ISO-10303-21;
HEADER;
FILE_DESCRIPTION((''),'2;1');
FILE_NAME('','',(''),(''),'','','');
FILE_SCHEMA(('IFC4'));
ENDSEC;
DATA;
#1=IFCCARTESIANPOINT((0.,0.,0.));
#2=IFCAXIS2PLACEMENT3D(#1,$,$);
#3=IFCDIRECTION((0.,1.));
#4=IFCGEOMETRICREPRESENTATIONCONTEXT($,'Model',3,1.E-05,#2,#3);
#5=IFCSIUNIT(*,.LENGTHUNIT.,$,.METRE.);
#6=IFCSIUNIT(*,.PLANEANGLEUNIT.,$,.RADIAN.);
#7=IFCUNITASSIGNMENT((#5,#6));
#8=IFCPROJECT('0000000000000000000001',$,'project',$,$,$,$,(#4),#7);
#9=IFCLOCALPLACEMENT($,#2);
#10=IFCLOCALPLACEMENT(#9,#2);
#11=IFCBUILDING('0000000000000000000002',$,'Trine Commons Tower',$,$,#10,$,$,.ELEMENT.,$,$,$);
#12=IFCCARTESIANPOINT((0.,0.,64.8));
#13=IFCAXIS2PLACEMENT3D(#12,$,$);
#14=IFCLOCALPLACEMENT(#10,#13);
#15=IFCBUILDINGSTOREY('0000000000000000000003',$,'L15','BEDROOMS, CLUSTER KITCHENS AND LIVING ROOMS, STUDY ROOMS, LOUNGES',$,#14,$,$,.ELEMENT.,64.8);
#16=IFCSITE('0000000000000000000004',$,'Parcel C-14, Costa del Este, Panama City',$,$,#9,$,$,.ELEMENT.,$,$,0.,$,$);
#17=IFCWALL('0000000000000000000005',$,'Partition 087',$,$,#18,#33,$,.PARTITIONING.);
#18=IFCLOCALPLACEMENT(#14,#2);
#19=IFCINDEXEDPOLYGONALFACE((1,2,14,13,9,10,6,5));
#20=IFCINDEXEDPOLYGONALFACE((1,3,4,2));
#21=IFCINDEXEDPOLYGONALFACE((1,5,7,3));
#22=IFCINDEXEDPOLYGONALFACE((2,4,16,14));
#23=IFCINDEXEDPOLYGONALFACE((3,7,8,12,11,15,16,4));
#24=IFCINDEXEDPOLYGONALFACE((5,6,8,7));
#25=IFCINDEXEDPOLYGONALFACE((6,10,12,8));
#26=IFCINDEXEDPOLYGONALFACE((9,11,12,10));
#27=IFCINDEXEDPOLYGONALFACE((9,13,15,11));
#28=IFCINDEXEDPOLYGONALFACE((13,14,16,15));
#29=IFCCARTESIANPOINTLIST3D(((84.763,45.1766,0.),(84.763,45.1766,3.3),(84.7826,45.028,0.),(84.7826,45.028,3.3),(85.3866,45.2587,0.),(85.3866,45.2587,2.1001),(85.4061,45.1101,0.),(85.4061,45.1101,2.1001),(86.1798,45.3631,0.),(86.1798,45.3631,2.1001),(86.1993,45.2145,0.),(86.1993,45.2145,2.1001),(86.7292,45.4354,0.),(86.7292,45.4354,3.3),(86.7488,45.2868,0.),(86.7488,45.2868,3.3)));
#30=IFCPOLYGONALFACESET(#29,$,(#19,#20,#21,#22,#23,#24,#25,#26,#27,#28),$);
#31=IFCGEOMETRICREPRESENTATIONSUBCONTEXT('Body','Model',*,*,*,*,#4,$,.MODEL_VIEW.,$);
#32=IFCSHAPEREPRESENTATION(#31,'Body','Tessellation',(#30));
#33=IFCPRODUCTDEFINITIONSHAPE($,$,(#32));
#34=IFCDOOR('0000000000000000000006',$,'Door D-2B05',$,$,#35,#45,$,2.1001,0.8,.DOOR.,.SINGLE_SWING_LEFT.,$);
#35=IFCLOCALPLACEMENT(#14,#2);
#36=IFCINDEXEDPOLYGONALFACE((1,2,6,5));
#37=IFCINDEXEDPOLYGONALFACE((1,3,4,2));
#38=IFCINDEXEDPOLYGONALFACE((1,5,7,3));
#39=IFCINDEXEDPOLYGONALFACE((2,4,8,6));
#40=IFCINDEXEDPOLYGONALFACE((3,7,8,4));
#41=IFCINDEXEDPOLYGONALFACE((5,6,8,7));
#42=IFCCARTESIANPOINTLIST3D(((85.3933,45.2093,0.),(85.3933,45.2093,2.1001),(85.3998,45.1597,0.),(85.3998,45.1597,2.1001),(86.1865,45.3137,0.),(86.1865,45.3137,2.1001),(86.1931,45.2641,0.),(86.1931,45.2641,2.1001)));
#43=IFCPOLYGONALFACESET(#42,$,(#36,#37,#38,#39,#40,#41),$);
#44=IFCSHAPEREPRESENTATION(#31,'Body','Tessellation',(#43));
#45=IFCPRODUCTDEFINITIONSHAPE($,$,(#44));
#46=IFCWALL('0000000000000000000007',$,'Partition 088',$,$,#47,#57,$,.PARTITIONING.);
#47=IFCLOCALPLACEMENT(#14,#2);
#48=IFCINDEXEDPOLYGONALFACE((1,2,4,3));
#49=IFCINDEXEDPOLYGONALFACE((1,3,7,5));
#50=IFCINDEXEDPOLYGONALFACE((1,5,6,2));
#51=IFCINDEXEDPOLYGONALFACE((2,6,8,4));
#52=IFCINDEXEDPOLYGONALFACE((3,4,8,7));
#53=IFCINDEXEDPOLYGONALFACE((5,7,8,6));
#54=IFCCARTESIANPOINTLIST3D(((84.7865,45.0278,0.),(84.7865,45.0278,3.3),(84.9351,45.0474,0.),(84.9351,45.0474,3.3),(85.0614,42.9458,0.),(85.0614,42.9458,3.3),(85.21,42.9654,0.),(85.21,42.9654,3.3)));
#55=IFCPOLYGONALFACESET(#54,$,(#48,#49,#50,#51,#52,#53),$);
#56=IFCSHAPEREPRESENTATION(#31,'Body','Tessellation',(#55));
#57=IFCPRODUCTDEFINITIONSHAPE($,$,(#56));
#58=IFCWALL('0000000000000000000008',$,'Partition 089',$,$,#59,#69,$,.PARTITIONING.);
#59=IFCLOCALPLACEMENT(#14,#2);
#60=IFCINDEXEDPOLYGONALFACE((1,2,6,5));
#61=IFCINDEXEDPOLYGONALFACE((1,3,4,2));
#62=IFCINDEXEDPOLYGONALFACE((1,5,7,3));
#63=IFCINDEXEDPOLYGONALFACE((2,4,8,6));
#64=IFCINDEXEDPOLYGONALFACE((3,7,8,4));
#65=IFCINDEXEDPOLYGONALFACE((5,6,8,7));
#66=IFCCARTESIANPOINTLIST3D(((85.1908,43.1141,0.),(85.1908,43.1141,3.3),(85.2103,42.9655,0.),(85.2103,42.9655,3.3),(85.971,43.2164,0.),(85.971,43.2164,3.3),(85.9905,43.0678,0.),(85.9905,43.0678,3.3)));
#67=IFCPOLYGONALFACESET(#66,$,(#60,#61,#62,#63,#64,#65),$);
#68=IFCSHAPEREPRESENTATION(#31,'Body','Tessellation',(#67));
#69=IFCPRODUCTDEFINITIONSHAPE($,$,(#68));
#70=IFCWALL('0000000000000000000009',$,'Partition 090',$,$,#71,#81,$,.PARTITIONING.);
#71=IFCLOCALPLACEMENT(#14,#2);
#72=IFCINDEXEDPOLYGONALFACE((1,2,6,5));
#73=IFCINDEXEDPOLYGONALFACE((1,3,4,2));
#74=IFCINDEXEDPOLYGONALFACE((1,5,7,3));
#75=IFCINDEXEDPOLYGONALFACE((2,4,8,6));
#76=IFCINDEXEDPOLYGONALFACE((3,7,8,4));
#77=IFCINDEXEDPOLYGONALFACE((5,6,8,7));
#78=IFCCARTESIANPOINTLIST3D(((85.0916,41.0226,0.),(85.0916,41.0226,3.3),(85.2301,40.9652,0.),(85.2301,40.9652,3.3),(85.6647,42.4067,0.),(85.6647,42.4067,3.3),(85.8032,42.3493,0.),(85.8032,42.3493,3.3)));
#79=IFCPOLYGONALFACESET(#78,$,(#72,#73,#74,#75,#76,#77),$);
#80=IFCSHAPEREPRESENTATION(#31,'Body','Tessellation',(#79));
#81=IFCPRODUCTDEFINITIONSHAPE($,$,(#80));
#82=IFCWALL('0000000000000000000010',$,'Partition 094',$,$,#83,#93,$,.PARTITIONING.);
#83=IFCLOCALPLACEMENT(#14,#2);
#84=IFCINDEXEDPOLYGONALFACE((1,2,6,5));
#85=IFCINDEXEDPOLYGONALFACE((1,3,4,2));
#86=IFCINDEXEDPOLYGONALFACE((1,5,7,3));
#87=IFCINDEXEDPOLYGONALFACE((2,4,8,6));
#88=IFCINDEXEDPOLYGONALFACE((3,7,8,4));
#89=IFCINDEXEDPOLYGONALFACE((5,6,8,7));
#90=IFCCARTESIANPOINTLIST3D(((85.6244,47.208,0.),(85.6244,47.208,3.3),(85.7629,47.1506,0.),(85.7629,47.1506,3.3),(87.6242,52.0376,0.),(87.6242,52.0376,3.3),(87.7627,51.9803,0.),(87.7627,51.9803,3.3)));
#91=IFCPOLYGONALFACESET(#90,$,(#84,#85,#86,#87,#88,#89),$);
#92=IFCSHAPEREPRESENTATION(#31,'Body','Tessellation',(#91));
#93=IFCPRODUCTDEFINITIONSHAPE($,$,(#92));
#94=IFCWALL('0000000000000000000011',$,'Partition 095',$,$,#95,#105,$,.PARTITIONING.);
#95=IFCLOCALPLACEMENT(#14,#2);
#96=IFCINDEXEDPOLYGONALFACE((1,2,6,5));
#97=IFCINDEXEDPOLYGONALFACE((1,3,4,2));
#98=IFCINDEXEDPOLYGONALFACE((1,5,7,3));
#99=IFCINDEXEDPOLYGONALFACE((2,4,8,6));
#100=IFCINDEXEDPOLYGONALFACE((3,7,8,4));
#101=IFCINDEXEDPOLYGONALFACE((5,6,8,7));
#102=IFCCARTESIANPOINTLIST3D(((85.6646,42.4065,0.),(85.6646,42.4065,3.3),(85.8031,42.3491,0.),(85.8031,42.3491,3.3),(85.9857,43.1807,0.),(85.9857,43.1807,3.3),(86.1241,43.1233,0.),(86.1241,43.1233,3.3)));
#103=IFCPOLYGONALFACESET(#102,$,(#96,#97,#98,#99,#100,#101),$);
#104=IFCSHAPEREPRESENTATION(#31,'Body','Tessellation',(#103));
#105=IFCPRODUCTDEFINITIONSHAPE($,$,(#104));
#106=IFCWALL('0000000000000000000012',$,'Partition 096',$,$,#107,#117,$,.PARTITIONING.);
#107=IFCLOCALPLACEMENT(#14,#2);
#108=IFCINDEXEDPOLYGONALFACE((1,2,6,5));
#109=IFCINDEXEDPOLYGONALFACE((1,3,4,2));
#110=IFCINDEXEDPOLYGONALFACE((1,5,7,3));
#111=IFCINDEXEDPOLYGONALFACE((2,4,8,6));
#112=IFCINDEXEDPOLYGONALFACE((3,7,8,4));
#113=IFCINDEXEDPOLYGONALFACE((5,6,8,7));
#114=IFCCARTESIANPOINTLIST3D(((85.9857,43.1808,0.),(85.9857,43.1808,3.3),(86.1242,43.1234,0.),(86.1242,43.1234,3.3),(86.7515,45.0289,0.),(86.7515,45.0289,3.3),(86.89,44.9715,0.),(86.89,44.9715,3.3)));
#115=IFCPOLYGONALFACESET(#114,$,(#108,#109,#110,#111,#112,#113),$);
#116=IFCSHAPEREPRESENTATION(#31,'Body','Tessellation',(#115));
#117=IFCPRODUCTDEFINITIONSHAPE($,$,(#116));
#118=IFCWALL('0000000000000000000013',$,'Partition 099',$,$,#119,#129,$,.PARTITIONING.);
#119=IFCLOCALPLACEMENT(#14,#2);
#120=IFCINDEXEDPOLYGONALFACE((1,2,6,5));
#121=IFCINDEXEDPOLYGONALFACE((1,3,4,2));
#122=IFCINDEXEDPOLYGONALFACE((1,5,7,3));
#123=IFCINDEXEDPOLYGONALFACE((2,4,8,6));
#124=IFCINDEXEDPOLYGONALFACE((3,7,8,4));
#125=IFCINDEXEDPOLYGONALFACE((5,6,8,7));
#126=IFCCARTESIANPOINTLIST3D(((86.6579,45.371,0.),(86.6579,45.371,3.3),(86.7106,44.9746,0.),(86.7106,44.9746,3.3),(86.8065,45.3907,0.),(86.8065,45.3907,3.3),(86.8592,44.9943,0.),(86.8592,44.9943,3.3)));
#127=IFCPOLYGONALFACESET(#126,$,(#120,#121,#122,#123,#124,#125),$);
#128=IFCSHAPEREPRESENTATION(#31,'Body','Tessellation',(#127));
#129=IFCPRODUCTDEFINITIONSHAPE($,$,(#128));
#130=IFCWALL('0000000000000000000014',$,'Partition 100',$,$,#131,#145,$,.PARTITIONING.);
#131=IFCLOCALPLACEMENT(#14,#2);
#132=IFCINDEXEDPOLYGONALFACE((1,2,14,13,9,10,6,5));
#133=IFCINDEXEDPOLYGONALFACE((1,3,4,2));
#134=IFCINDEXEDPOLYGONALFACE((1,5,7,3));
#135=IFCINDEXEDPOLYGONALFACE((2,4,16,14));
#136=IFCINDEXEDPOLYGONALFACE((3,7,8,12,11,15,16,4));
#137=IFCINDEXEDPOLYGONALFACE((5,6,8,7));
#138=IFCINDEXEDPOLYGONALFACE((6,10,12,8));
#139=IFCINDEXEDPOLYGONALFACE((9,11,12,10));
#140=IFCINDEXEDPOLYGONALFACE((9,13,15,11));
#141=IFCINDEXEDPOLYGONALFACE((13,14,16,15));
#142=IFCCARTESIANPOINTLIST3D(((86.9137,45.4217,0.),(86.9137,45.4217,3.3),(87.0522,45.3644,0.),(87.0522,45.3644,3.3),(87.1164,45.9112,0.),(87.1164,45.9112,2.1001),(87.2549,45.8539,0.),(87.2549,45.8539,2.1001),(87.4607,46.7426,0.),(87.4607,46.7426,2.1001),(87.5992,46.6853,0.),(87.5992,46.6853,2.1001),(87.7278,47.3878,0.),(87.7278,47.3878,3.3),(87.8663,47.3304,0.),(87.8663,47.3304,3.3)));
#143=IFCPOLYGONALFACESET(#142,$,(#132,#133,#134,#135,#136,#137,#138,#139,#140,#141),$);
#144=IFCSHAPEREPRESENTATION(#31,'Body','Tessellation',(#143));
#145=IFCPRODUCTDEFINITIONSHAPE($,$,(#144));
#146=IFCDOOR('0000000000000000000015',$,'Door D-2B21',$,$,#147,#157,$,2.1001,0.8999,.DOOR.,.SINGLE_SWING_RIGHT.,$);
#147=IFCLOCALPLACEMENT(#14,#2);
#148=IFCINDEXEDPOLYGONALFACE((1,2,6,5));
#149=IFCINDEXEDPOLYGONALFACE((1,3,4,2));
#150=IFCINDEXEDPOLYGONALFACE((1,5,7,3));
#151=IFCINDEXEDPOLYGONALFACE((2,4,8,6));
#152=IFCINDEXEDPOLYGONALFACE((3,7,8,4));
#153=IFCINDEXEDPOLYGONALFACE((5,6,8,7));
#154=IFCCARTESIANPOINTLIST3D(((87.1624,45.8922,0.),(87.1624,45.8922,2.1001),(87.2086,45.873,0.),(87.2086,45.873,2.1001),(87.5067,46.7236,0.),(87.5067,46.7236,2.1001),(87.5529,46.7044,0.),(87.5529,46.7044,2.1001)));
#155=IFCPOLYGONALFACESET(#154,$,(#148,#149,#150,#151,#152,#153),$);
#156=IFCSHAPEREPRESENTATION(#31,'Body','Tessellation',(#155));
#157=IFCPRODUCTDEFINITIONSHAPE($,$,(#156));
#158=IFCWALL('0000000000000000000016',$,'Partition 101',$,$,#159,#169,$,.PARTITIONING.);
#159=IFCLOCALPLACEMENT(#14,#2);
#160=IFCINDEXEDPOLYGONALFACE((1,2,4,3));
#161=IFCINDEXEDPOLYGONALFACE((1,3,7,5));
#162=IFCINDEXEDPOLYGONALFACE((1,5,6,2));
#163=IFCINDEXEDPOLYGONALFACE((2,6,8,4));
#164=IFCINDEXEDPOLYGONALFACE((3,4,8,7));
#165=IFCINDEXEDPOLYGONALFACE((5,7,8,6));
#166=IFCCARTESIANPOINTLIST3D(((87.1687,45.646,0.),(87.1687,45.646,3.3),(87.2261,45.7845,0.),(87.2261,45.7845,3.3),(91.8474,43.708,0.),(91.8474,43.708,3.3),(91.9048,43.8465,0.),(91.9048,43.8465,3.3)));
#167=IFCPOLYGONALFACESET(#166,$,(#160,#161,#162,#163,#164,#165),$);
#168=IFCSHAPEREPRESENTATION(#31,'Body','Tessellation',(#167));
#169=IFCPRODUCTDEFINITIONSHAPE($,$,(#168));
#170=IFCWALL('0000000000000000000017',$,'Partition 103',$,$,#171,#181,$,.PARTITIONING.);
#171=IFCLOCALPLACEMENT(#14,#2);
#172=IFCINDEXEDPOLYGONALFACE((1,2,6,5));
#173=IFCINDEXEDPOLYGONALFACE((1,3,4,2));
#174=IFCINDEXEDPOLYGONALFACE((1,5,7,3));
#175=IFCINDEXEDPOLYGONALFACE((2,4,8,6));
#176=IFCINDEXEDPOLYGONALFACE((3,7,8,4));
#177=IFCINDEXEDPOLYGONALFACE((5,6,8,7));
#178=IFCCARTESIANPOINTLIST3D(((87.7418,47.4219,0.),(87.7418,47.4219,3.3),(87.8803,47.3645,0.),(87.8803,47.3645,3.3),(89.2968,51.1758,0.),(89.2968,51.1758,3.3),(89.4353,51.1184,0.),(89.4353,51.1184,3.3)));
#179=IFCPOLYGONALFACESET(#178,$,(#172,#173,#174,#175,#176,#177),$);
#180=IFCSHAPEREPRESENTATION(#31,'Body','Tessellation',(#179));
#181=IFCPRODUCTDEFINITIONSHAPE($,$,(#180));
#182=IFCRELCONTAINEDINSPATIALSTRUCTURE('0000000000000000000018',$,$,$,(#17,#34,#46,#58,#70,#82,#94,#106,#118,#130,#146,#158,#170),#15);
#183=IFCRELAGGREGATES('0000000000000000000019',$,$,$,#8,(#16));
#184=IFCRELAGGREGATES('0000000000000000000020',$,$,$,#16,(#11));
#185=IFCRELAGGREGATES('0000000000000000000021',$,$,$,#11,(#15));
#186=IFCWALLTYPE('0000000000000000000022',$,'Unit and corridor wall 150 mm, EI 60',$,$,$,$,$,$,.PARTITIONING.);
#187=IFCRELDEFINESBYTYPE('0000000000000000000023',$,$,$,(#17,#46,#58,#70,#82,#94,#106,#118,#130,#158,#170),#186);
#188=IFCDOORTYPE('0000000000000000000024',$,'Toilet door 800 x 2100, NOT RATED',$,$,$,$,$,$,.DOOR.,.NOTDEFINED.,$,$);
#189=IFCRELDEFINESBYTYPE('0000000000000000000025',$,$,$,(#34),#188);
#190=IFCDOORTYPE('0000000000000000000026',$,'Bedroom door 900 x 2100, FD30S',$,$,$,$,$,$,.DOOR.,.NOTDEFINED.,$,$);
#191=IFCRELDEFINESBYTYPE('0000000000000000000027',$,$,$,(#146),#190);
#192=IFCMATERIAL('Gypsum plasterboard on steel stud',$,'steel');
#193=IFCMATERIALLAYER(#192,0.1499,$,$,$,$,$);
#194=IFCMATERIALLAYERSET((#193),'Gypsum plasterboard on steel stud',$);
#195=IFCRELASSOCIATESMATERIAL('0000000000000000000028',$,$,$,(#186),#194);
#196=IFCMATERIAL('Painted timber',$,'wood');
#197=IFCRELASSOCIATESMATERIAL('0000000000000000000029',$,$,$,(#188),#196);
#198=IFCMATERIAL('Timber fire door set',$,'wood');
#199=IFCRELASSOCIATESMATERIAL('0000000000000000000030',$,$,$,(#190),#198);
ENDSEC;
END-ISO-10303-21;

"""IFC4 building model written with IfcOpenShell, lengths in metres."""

from ifc_helpers import new_model, si_unit, direction, frame, frame_2d, origin, place, context, subcontext, project, spatial, rectangle, extrude, material, layer, layer_set, type_object, element, fill, save


model = new_model("IFC4")

# Units and contexts
model_context = context("Model", 3, precision=1e-05, world=origin(), true_north=direction((0.0, 1.0)))
body_context = subcontext(model_context, "Body", "Model", "MODEL_VIEW")
ifc_project = project(units=[si_unit("LENGTHUNIT", "METRE"), si_unit("PLANEANGLEUNIT", "RADIAN")], contexts=[model_context])

# Site, building, storey
site_placement = place(None, origin())
site = spatial("IfcSite", under=ifc_project, at=site_placement, Name="Parcel C-14, Costa del Este, Panama City", CompositionType="ELEMENT", RefElevation=0.0)
building_placement = place(site_placement, origin())
building = spatial("IfcBuilding", under=site, at=building_placement, Name="Trine Commons Tower", CompositionType="ELEMENT")
storey_placement = place(building_placement, frame((0.0, 0.0, 64.8)))
storey = spatial("IfcBuildingStorey", under=building, at=storey_placement, Name="L15", Description="BEDROOMS, CLUSTER KITCHENS AND LIVING ROOMS, STUDY ROOMS, LOUNGES", CompositionType="ELEMENT", Elevation=64.8)

# Shared definitions
ifc_material_1 = material(Name="Gypsum plasterboard on steel stud", Category="steel")
ifc_layer_1 = layer(ifc_material_1, 0.1499)
ifc_layer_set_1 = layer_set([ifc_layer_1], Name="Gypsum plasterboard on steel stud")
wall_type_1 = type_object("IfcWallType", Name="Unit and corridor wall 150 mm, EI 60", PredefinedType="PARTITIONING", material=ifc_layer_set_1)
ifc_material_2 = material(Name="Timber fire door set", Category="wood")

# Wall, opening, door
wall_1_placement = place(storey_placement, frame((84.7727, 45.1023, 0.0), z_axis=(0.0, 0.0, 1.0), x_axis=(0.99145, 0.130486, 0.0)))
wall_1 = element("IfcWall", 1, at=wall_1_placement, inside=storey, type_object=wall_type_1, Name="Partition 087", PredefinedType="PARTITIONING", context=body_context, shape_type="SweptSolid", body=[
    extrude(rectangle(XDim=1.9832, YDim=0.1499, at=frame_2d((0.9917, 0.0))), origin(), (0.0, 0.0, 1.0), 3.3),
])
opening_1_placement = place(wall_1_placement, frame((0.6292, 0.0, 0.0)))
opening_1 = element("IfcOpeningElement", 2, at=opening_1_placement, cuts=wall_1, PredefinedType="OPENING", context=body_context, shape_type="SweptSolid", body=[
    extrude(rectangle(XDim=0.8, YDim=2.1001, at=frame_2d((0.3999, 1.05))), frame((0.0, 0.085, 0.0), z_axis=(0.0, -1.0, 0.0), x_axis=(1.0, 0.0, 0.0)), (0.0, 0.0, 1.0), 0.1699),
])
ifc_material_3 = material(Name="Painted timber", Category="wood")
door_type_1 = type_object("IfcDoorType", Name="Toilet door 800 x 2100, NOT RATED", OperationType="NOTDEFINED", PredefinedType="DOOR", material=ifc_material_3)
door_1_placement = place(opening_1_placement, frame((0.8, 0.0, 0.0), z_axis=(0.0, 0.0, 1.0), x_axis=(-1.0, 0.0, 0.0)))
door_1 = element("IfcDoor", 3, at=door_1_placement, inside=storey, type_object=door_type_1, Name="Door D-2B05", OperationType="SINGLE_SWING_LEFT", OverallHeight=2.1001, OverallWidth=0.8, PredefinedType="DOOR", context=body_context, shape_type="SweptSolid", body=[
    extrude(rectangle(XDim=0.8, YDim=2.1001, at=frame_2d((0.3999, 1.05))), frame((0.0, 0.0249, 0.0), z_axis=(0.0, -1.0, 0.0), x_axis=(1.0, 0.0, 0.0)), (0.0, 0.0, 1.0), 0.05),
])
fill(opening_1, door_1)

# Walls
wall_2_placement = place(storey_placement, frame((84.8608, 45.0376, 0.0), z_axis=(0.0, 0.0, 1.0), x_axis=(0.1309, -0.991396, 0.0)))
element("IfcWall", 4, at=wall_2_placement, inside=storey, type_object=wall_type_1, Name="Partition 088", PredefinedType="PARTITIONING", context=body_context, shape_type="SweptSolid", body=[
    extrude(rectangle(XDim=2.1001, YDim=0.1499, at=frame_2d((1.05, 0.0))), origin(), (0.0, 0.0, 1.0), 3.3),
])
wall_3_placement = place(storey_placement, frame((85.2004, 43.0398, 0.0), z_axis=(0.0, 0.0, 1.0), x_axis=(0.991515, 0.129989, 0.0)))
element("IfcWall", 5, at=wall_3_placement, inside=storey, type_object=wall_type_1, Name="Partition 089", PredefinedType="PARTITIONING", context=body_context, shape_type="SweptSolid", body=[
    extrude(rectangle(XDim=0.7869, YDim=0.1499, at=frame_2d((0.3936, 0.0))), origin(), (0.0, 0.0, 1.0), 3.3),
])
wall_4_placement = place(storey_placement, frame((85.1609, 40.9939, 0.0), z_axis=(0.0, 0.0, 1.0), x_axis=(0.38252, 0.923947, 0.0)))
element("IfcWall", 6, at=wall_4_placement, inside=storey, type_object=wall_type_1, Name="Partition 090", PredefinedType="PARTITIONING", context=body_context, shape_type="SweptSolid", body=[
    extrude(rectangle(XDim=1.498, YDim=0.1499, at=frame_2d((0.749, 0.0))), origin(), (0.0, 0.0, 1.0), 3.3),
])
wall_5_placement = place(storey_placement, frame((85.6936, 47.1792, 0.0), z_axis=(0.0, 0.0, 1.0), x_axis=(0.382565, 0.923929, 0.0)))
element("IfcWall", 7, at=wall_5_placement, inside=storey, type_object=wall_type_1, Name="Partition 094", PredefinedType="PARTITIONING", context=body_context, shape_type="SweptSolid", body=[
    extrude(rectangle(XDim=5.2273, YDim=0.1499, at=frame_2d((2.6138, 0.0))), origin(), (0.0, 0.0, 1.0), 3.3),
])
wall_6_placement = place(storey_placement, frame((85.7339, 42.3779, 0.0), z_axis=(0.0, 0.0, 1.0), x_axis=(0.383064, 0.923722, 0.0)))
element("IfcWall", 8, at=wall_6_placement, inside=storey, type_object=wall_type_1, Name="Partition 095", PredefinedType="PARTITIONING", context=body_context, shape_type="SweptSolid", body=[
    extrude(rectangle(XDim=0.8381, YDim=0.1499, at=frame_2d((0.4189, 0.0))), origin(), (0.0, 0.0, 1.0), 3.3),
])
wall_7_placement = place(storey_placement, frame((86.0549, 43.1521, 0.0), z_axis=(0.0, 0.0, 1.0), x_axis=(0.38283, 0.923819, 0.0)))
element("IfcWall", 9, at=wall_7_placement, inside=storey, type_object=wall_type_1, Name="Partition 096", PredefinedType="PARTITIONING", context=body_context, shape_type="SweptSolid", body=[
    extrude(rectangle(XDim=2.0005, YDim=0.1499, at=frame_2d((1.0002, 0.0))), origin(), (0.0, 0.0, 1.0), 3.3),
])
wall_8_placement = place(storey_placement, frame((86.7322, 45.3809, 0.0), z_axis=(0.0, 0.0, 1.0), x_axis=(0.131844, -0.99127, 0.0)))
element("IfcWall", 10, at=wall_8_placement, inside=storey, type_object=wall_type_1, Name="Partition 099", PredefinedType="PARTITIONING", context=body_context, shape_type="SweptSolid", body=[
    extrude(rectangle(XDim=0.3999, YDim=0.1499, at=frame_2d((0.2, 0.0))), origin(), (0.0, 0.0, 1.0), 3.3),
])

# Wall, opening, door
wall_9_placement = place(storey_placement, frame((86.9829, 45.3931, 0.0), z_axis=(0.0, 0.0, 1.0), x_axis=(0.382619, 0.923906, 0.0)))
wall_9 = element("IfcWall", 11, at=wall_9_placement, inside=storey, type_object=wall_type_1, Name="Partition 100", PredefinedType="PARTITIONING", context=body_context, shape_type="SweptSolid", body=[
    extrude(rectangle(XDim=2.1279, YDim=0.1499, at=frame_2d((1.064, 0.0))), origin(), (0.0, 0.0, 1.0), 3.3),
])
opening_2_placement = place(wall_9_placement, frame((0.5298, 0.0, 0.0)))
opening_2 = element("IfcOpeningElement", 12, at=opening_2_placement, cuts=wall_9, PredefinedType="OPENING", context=body_context, shape_type="SweptSolid", body=[
    extrude(rectangle(XDim=0.8999, YDim=2.1001, at=frame_2d((0.45, 1.05))), frame((0.0, 0.085, 0.0), z_axis=(0.0, -1.0, 0.0), x_axis=(1.0, 0.0, 0.0)), (0.0, 0.0, 1.0), 0.1699),
])
door_type_2 = type_object("IfcDoorType", Name="Bedroom door 900 x 2100, FD30S", OperationType="NOTDEFINED", PredefinedType="DOOR", material=ifc_material_2)
door_2_placement = place(opening_2_placement, frame((0.8999, 0.0, 0.0), z_axis=(0.0, 0.0, 1.0), x_axis=(-1.0, 0.0, 0.0)))
door_2 = element("IfcDoor", 13, at=door_2_placement, inside=storey, type_object=door_type_2, Name="Door D-2B21", OperationType="SINGLE_SWING_RIGHT", OverallHeight=2.1001, OverallWidth=0.8999, PredefinedType="DOOR", context=body_context, shape_type="SweptSolid", body=[
    extrude(rectangle(XDim=0.8999, YDim=2.1001, at=frame_2d((0.45, 1.05))), frame((0.0, 0.0249, 0.0), z_axis=(0.0, -1.0, 0.0), x_axis=(1.0, 0.0, 0.0)), (0.0, 0.0, 1.0), 0.05),
])
fill(opening_2, door_2)

# Walls
wall_10_placement = place(storey_placement, frame((87.1973, 45.7153, 0.0), z_axis=(0.0, 0.0, 1.0), x_axis=(0.923879, -0.382684, 0.0)))
element("IfcWall", 14, at=wall_10_placement, inside=storey, type_object=wall_type_1, Name="Partition 101", PredefinedType="PARTITIONING", context=body_context, shape_type="SweptSolid", body=[
    extrude(rectangle(XDim=5.0642, YDim=0.1499, at=frame_2d((2.5322, 0.0))), origin(), (0.0, 0.0, 1.0), 3.3),
])
wall_11_placement = place(storey_placement, frame((87.811, 47.3931, 0.0), z_axis=(0.0, 0.0, 1.0), x_axis=(0.382686, 0.923878, 0.0)))
element("IfcWall", 15, at=wall_11_placement, inside=storey, type_object=wall_type_1, Name="Partition 103", PredefinedType="PARTITIONING", context=body_context, shape_type="SweptSolid", body=[
    extrude(rectangle(XDim=4.0632, YDim=0.1499, at=frame_2d((2.0317, 0.0))), origin(), (0.0, 0.0, 1.0), 3.3),
])

save(model, "model.ifc")
